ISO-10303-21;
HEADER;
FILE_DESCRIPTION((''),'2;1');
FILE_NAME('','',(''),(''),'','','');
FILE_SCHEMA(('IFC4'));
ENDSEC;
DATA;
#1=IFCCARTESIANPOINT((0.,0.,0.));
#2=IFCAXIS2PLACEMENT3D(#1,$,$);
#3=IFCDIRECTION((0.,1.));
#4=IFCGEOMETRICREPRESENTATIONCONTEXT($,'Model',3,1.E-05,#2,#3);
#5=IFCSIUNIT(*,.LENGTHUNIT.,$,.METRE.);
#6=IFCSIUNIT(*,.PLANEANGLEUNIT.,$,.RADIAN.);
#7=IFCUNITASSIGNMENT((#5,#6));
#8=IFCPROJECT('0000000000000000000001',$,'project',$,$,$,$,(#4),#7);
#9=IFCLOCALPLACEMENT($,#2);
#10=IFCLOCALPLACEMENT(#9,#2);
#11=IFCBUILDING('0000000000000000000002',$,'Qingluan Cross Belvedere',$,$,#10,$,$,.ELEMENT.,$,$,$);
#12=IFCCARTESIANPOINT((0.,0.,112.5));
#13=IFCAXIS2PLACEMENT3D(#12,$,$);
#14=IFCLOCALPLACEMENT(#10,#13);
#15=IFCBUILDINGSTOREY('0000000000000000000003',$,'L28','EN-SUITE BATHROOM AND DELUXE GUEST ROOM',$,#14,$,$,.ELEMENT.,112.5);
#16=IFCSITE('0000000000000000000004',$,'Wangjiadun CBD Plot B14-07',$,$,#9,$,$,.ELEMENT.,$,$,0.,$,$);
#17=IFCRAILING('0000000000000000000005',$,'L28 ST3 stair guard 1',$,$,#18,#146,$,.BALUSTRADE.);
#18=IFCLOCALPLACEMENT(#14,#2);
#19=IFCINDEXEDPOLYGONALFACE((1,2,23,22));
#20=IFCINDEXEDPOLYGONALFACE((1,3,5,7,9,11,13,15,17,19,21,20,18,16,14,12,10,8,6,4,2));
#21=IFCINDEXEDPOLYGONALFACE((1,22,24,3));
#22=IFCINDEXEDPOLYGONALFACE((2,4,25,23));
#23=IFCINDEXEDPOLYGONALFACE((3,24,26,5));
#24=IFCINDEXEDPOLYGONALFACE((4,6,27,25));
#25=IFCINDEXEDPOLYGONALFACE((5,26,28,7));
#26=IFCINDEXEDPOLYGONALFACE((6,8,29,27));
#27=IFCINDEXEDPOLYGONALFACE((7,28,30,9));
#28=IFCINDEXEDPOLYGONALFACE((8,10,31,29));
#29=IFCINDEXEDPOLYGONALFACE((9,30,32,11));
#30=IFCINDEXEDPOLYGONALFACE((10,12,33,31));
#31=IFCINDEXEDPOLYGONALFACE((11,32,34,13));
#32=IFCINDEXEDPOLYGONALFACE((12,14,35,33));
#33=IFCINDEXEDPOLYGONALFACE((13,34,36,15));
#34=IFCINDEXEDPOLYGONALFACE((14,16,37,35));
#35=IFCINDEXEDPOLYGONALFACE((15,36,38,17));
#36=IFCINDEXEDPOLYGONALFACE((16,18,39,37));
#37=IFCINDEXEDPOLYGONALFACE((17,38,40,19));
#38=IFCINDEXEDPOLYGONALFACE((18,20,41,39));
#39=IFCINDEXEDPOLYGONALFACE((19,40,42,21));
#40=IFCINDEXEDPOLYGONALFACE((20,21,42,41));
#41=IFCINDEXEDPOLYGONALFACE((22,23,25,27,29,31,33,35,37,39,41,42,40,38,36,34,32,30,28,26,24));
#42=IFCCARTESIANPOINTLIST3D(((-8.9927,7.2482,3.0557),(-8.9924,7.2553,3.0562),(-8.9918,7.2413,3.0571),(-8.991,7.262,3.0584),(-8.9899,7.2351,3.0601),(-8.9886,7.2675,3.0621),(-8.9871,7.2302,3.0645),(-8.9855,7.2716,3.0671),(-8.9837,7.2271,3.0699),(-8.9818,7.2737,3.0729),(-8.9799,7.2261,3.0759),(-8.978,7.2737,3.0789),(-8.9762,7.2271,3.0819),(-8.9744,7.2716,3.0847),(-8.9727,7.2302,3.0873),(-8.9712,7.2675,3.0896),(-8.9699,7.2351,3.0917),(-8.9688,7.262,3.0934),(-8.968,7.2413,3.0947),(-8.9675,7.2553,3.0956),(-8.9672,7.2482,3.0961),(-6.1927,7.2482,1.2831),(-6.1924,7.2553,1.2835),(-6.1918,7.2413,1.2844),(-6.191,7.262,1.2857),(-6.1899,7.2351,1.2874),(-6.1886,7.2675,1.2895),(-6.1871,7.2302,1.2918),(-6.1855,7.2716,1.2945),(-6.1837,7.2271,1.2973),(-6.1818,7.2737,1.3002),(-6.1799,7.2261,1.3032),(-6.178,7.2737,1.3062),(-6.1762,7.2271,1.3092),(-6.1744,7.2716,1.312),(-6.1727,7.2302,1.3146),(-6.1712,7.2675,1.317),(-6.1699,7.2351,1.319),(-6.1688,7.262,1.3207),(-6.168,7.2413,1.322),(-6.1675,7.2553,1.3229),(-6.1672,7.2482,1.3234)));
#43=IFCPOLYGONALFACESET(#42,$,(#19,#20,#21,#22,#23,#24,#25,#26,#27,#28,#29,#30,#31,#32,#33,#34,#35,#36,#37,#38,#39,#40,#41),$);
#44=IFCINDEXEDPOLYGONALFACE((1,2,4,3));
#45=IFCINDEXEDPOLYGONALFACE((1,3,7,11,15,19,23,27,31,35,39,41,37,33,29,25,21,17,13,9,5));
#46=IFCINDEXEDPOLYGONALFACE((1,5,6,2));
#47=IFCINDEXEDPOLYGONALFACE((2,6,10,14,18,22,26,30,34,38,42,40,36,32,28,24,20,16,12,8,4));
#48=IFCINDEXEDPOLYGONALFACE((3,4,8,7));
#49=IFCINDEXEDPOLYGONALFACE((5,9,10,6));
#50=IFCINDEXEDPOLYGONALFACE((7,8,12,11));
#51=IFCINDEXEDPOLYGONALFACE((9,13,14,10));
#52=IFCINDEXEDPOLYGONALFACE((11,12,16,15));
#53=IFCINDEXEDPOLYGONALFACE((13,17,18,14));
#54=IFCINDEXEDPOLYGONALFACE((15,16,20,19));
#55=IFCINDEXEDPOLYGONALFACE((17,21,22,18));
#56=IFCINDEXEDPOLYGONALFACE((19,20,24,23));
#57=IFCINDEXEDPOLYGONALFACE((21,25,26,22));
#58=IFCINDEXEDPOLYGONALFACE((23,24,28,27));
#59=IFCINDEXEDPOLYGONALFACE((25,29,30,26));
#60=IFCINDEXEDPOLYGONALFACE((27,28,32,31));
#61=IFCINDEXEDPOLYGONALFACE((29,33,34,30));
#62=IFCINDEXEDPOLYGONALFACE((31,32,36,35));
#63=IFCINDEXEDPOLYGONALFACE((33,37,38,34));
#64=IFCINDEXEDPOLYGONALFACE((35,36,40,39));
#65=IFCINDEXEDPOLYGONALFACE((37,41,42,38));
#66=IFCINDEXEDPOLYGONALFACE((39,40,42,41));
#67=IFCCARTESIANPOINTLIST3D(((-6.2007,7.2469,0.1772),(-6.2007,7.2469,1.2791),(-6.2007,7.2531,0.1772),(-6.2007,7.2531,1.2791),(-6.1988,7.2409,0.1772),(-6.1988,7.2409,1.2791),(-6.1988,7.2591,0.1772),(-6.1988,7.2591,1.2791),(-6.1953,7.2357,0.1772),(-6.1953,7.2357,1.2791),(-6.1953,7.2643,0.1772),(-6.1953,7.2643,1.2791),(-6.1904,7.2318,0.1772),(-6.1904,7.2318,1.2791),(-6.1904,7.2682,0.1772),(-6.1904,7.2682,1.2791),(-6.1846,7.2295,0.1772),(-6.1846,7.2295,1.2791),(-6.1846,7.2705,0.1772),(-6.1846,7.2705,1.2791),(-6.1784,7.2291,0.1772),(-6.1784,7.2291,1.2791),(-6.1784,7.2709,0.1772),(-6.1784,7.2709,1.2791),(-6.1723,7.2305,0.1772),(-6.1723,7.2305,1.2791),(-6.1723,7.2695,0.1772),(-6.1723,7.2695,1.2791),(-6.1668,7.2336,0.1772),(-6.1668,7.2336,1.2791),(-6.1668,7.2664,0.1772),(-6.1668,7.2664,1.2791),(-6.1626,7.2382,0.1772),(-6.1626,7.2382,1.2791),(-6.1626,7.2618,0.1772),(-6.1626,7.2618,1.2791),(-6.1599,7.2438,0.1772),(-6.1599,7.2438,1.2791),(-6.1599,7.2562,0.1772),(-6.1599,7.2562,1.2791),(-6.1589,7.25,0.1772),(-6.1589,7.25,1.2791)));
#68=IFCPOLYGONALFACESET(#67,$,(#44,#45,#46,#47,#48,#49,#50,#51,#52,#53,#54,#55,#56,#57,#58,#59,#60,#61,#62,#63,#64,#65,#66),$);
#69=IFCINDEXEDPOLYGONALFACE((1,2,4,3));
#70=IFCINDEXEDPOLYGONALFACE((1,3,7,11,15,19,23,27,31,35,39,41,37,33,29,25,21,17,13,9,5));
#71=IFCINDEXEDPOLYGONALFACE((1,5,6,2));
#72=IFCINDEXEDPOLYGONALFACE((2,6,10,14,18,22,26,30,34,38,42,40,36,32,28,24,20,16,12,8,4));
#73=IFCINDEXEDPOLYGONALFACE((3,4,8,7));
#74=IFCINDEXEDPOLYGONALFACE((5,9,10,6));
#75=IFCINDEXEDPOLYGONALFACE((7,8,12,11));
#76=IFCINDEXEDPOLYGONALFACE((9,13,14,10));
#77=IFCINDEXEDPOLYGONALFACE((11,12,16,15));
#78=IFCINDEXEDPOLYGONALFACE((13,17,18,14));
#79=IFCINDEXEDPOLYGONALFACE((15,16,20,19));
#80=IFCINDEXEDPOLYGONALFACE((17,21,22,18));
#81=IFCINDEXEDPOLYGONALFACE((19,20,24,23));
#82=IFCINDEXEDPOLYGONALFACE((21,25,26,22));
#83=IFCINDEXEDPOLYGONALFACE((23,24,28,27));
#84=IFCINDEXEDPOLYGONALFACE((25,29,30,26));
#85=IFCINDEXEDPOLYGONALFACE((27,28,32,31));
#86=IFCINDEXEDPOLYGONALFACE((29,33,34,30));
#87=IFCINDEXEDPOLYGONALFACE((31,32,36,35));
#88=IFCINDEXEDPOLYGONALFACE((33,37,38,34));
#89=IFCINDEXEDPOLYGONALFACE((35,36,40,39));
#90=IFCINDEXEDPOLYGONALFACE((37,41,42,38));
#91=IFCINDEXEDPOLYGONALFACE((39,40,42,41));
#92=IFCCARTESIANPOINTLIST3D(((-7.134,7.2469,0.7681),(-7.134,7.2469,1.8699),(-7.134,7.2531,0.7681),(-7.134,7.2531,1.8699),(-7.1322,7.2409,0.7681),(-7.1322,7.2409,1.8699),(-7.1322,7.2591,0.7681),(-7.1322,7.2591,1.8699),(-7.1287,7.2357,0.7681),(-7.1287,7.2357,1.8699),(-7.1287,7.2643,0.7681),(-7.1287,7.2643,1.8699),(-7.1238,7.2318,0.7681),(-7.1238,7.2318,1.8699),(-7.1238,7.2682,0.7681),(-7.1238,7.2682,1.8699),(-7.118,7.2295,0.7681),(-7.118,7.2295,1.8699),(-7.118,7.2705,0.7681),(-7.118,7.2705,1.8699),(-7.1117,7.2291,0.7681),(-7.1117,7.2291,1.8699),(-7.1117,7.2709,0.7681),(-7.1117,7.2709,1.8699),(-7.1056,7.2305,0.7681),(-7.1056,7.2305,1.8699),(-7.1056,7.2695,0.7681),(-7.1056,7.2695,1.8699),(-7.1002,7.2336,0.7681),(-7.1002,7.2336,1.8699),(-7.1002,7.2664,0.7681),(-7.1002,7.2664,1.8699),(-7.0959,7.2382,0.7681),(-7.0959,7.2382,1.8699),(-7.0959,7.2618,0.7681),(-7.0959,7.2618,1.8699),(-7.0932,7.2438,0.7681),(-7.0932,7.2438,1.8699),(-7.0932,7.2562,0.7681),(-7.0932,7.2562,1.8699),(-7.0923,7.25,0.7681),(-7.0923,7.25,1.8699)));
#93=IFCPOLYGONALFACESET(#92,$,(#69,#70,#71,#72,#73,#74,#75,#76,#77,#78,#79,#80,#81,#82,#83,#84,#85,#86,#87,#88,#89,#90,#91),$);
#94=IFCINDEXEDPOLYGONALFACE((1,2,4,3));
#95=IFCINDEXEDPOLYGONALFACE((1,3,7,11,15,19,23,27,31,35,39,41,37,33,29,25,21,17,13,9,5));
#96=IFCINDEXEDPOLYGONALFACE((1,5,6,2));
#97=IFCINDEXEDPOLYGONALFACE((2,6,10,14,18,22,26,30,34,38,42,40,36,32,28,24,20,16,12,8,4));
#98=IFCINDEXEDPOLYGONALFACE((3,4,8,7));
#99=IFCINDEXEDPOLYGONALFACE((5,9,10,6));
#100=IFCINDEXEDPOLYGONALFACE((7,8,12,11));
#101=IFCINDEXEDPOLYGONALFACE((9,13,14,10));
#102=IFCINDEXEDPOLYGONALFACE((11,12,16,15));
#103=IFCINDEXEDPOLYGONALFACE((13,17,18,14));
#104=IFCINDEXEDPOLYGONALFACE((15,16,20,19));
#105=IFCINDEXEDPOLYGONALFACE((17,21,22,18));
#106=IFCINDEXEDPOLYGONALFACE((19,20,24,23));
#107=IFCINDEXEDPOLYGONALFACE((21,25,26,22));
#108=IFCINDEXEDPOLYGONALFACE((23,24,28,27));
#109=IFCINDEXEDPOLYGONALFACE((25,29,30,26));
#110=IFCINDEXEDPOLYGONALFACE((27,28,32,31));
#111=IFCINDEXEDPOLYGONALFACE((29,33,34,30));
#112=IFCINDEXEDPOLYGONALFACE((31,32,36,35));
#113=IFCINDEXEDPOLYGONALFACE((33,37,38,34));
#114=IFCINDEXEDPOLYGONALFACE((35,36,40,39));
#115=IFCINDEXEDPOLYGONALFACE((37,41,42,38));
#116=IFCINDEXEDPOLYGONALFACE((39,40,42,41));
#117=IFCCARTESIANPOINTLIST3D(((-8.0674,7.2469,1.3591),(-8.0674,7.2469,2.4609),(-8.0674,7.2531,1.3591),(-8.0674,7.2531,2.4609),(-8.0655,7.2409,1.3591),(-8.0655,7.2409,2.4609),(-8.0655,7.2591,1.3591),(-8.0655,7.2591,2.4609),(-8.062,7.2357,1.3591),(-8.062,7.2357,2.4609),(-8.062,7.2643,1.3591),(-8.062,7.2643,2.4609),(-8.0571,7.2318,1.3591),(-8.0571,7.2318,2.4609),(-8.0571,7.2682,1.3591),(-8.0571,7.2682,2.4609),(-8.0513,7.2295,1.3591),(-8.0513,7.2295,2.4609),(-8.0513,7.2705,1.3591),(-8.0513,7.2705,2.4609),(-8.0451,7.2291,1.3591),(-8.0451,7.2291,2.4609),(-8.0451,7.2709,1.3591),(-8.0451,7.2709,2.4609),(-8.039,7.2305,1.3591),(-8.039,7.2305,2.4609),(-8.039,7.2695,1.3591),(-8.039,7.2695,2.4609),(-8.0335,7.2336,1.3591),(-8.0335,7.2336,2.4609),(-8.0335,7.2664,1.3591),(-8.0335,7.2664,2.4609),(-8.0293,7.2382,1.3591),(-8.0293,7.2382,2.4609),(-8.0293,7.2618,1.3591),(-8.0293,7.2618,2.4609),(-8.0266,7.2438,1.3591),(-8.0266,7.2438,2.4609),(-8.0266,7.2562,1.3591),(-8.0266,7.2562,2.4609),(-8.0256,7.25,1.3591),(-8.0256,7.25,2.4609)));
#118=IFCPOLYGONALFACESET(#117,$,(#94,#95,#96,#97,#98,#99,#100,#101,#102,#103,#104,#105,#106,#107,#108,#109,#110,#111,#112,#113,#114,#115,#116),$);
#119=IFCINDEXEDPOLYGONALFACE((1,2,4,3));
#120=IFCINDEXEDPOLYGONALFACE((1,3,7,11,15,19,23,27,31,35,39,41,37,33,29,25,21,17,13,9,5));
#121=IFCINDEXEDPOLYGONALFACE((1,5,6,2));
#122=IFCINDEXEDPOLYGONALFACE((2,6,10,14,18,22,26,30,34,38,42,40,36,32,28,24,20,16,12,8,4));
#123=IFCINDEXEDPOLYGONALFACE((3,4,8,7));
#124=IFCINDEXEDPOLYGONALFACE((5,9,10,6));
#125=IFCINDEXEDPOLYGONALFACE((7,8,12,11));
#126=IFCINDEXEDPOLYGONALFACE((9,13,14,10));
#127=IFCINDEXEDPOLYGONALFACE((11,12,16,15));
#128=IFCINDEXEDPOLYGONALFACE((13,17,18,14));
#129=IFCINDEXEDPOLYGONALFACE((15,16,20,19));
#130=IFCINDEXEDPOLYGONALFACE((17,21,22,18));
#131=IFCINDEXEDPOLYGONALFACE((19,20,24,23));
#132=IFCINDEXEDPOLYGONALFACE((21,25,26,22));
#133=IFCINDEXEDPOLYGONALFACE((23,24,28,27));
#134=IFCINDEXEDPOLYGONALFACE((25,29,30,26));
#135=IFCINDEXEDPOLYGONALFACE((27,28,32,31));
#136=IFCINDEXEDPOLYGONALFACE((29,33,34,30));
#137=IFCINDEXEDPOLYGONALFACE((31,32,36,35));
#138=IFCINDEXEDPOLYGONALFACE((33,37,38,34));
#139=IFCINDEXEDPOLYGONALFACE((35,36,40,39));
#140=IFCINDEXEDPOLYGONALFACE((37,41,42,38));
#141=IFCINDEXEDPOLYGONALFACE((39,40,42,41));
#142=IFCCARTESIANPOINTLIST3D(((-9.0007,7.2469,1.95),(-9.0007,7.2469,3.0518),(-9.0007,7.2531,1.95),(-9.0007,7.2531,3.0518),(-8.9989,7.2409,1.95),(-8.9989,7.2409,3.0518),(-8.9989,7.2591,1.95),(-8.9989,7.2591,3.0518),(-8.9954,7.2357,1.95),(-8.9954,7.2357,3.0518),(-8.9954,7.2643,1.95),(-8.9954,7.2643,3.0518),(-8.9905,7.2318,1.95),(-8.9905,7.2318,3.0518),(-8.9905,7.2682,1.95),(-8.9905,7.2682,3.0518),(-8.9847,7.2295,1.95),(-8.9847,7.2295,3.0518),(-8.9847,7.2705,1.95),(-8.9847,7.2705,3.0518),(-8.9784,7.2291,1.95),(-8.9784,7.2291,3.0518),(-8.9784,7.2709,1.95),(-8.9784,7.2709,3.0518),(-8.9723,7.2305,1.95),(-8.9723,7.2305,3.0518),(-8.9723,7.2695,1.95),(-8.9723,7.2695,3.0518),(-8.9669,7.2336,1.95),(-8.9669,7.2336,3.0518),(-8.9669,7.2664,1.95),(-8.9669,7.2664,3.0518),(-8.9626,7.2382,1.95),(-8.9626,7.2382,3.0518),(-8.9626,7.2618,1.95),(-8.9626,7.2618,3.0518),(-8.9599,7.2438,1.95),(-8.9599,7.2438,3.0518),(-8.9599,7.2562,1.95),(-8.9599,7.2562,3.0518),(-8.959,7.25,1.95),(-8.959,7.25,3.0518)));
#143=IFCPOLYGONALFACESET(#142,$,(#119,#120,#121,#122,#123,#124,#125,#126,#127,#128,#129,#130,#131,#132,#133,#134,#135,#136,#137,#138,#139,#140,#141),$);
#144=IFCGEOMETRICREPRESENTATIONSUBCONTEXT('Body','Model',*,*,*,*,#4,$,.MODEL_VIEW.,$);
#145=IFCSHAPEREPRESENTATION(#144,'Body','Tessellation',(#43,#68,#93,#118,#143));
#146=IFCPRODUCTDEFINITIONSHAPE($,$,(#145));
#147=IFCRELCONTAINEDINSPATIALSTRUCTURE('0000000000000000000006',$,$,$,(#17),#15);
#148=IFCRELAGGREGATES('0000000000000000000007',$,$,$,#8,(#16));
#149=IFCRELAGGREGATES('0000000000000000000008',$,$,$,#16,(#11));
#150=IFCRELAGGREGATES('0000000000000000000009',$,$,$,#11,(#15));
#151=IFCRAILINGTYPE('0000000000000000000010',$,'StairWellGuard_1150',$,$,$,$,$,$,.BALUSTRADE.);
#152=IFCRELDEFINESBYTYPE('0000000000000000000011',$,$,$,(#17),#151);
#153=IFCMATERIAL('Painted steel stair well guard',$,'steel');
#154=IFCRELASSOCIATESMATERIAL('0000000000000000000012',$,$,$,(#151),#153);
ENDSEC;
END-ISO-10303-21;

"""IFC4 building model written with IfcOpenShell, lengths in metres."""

from ifc_helpers import new_model, si_unit, direction, frame, origin, origin_2d, place, context, subcontext, project, spatial, circle, extrude, material, type_object, element, save


model = new_model("IFC4")

# Units and contexts
model_context = context("Model", 3, precision=1e-05, world=origin(), true_north=direction((0.0, 1.0)))
body_context = subcontext(model_context, "Body", "Model", "MODEL_VIEW")
ifc_project = project(units=[si_unit("LENGTHUNIT", "METRE"), si_unit("PLANEANGLEUNIT", "RADIAN")], contexts=[model_context])

# Site, building, storey
site_placement = place(None, origin())
site = spatial("IfcSite", under=ifc_project, at=site_placement, Name="Wangjiadun CBD Plot B14-07", CompositionType="ELEMENT", RefElevation=0.0)
building_placement = place(site_placement, origin())
building = spatial("IfcBuilding", under=site, at=building_placement, Name="Qingluan Cross Belvedere", CompositionType="ELEMENT")
storey_placement = place(building_placement, frame((0.0, 0.0, 112.5)))
storey = spatial("IfcBuildingStorey", under=building, at=storey_placement, Name="L28", Description="EN-SUITE BATHROOM AND DELUXE GUEST ROOM", CompositionType="ELEMENT", Elevation=112.5)

# Railing
ifc_material_1 = material(Name="Painted steel stair well guard", Category="steel")
railing_type_1 = type_object("IfcRailingType", Name="StairWellGuard_1150", PredefinedType="BALUSTRADE", material=ifc_material_1)
railing_1_placement = place(storey_placement, frame((-6.1799, 7.25, 0.1772)))
element("IfcRailing", 1, at=railing_1_placement, inside=storey, type_object=railing_type_1, Name="L28 ST3 stair guard 1", PredefinedType="BALUSTRADE", context=body_context, shape_type="SweptSolid", body=[
    extrude(circle(Radius=0.0239, at=origin_2d()), frame((0.0, 0.0, 1.126), z_axis=(-0.844909, 0.0, 0.53491), x_axis=(0.0, -1.0, 0.0)), (0.0, 0.0, 1.0), 3.314),
    extrude(circle(Radius=0.021, at=origin_2d()), origin(), (0.0, 0.0, 1.0), 1.1018),
    extrude(circle(Radius=0.021, at=origin_2d()), frame((-0.9333, 0.0, 0.5908)), (0.0, 0.0, 1.0), 1.1018),
    extrude(circle(Radius=0.021, at=origin_2d()), frame((-1.8667, 0.0, 1.1819)), (0.0, 0.0, 1.0), 1.1018),
    extrude(circle(Radius=0.021, at=origin_2d()), frame((-2.8, 0.0, 1.7727)), (0.0, 0.0, 1.0), 1.1018),
])

save(model, "model.ifc")
